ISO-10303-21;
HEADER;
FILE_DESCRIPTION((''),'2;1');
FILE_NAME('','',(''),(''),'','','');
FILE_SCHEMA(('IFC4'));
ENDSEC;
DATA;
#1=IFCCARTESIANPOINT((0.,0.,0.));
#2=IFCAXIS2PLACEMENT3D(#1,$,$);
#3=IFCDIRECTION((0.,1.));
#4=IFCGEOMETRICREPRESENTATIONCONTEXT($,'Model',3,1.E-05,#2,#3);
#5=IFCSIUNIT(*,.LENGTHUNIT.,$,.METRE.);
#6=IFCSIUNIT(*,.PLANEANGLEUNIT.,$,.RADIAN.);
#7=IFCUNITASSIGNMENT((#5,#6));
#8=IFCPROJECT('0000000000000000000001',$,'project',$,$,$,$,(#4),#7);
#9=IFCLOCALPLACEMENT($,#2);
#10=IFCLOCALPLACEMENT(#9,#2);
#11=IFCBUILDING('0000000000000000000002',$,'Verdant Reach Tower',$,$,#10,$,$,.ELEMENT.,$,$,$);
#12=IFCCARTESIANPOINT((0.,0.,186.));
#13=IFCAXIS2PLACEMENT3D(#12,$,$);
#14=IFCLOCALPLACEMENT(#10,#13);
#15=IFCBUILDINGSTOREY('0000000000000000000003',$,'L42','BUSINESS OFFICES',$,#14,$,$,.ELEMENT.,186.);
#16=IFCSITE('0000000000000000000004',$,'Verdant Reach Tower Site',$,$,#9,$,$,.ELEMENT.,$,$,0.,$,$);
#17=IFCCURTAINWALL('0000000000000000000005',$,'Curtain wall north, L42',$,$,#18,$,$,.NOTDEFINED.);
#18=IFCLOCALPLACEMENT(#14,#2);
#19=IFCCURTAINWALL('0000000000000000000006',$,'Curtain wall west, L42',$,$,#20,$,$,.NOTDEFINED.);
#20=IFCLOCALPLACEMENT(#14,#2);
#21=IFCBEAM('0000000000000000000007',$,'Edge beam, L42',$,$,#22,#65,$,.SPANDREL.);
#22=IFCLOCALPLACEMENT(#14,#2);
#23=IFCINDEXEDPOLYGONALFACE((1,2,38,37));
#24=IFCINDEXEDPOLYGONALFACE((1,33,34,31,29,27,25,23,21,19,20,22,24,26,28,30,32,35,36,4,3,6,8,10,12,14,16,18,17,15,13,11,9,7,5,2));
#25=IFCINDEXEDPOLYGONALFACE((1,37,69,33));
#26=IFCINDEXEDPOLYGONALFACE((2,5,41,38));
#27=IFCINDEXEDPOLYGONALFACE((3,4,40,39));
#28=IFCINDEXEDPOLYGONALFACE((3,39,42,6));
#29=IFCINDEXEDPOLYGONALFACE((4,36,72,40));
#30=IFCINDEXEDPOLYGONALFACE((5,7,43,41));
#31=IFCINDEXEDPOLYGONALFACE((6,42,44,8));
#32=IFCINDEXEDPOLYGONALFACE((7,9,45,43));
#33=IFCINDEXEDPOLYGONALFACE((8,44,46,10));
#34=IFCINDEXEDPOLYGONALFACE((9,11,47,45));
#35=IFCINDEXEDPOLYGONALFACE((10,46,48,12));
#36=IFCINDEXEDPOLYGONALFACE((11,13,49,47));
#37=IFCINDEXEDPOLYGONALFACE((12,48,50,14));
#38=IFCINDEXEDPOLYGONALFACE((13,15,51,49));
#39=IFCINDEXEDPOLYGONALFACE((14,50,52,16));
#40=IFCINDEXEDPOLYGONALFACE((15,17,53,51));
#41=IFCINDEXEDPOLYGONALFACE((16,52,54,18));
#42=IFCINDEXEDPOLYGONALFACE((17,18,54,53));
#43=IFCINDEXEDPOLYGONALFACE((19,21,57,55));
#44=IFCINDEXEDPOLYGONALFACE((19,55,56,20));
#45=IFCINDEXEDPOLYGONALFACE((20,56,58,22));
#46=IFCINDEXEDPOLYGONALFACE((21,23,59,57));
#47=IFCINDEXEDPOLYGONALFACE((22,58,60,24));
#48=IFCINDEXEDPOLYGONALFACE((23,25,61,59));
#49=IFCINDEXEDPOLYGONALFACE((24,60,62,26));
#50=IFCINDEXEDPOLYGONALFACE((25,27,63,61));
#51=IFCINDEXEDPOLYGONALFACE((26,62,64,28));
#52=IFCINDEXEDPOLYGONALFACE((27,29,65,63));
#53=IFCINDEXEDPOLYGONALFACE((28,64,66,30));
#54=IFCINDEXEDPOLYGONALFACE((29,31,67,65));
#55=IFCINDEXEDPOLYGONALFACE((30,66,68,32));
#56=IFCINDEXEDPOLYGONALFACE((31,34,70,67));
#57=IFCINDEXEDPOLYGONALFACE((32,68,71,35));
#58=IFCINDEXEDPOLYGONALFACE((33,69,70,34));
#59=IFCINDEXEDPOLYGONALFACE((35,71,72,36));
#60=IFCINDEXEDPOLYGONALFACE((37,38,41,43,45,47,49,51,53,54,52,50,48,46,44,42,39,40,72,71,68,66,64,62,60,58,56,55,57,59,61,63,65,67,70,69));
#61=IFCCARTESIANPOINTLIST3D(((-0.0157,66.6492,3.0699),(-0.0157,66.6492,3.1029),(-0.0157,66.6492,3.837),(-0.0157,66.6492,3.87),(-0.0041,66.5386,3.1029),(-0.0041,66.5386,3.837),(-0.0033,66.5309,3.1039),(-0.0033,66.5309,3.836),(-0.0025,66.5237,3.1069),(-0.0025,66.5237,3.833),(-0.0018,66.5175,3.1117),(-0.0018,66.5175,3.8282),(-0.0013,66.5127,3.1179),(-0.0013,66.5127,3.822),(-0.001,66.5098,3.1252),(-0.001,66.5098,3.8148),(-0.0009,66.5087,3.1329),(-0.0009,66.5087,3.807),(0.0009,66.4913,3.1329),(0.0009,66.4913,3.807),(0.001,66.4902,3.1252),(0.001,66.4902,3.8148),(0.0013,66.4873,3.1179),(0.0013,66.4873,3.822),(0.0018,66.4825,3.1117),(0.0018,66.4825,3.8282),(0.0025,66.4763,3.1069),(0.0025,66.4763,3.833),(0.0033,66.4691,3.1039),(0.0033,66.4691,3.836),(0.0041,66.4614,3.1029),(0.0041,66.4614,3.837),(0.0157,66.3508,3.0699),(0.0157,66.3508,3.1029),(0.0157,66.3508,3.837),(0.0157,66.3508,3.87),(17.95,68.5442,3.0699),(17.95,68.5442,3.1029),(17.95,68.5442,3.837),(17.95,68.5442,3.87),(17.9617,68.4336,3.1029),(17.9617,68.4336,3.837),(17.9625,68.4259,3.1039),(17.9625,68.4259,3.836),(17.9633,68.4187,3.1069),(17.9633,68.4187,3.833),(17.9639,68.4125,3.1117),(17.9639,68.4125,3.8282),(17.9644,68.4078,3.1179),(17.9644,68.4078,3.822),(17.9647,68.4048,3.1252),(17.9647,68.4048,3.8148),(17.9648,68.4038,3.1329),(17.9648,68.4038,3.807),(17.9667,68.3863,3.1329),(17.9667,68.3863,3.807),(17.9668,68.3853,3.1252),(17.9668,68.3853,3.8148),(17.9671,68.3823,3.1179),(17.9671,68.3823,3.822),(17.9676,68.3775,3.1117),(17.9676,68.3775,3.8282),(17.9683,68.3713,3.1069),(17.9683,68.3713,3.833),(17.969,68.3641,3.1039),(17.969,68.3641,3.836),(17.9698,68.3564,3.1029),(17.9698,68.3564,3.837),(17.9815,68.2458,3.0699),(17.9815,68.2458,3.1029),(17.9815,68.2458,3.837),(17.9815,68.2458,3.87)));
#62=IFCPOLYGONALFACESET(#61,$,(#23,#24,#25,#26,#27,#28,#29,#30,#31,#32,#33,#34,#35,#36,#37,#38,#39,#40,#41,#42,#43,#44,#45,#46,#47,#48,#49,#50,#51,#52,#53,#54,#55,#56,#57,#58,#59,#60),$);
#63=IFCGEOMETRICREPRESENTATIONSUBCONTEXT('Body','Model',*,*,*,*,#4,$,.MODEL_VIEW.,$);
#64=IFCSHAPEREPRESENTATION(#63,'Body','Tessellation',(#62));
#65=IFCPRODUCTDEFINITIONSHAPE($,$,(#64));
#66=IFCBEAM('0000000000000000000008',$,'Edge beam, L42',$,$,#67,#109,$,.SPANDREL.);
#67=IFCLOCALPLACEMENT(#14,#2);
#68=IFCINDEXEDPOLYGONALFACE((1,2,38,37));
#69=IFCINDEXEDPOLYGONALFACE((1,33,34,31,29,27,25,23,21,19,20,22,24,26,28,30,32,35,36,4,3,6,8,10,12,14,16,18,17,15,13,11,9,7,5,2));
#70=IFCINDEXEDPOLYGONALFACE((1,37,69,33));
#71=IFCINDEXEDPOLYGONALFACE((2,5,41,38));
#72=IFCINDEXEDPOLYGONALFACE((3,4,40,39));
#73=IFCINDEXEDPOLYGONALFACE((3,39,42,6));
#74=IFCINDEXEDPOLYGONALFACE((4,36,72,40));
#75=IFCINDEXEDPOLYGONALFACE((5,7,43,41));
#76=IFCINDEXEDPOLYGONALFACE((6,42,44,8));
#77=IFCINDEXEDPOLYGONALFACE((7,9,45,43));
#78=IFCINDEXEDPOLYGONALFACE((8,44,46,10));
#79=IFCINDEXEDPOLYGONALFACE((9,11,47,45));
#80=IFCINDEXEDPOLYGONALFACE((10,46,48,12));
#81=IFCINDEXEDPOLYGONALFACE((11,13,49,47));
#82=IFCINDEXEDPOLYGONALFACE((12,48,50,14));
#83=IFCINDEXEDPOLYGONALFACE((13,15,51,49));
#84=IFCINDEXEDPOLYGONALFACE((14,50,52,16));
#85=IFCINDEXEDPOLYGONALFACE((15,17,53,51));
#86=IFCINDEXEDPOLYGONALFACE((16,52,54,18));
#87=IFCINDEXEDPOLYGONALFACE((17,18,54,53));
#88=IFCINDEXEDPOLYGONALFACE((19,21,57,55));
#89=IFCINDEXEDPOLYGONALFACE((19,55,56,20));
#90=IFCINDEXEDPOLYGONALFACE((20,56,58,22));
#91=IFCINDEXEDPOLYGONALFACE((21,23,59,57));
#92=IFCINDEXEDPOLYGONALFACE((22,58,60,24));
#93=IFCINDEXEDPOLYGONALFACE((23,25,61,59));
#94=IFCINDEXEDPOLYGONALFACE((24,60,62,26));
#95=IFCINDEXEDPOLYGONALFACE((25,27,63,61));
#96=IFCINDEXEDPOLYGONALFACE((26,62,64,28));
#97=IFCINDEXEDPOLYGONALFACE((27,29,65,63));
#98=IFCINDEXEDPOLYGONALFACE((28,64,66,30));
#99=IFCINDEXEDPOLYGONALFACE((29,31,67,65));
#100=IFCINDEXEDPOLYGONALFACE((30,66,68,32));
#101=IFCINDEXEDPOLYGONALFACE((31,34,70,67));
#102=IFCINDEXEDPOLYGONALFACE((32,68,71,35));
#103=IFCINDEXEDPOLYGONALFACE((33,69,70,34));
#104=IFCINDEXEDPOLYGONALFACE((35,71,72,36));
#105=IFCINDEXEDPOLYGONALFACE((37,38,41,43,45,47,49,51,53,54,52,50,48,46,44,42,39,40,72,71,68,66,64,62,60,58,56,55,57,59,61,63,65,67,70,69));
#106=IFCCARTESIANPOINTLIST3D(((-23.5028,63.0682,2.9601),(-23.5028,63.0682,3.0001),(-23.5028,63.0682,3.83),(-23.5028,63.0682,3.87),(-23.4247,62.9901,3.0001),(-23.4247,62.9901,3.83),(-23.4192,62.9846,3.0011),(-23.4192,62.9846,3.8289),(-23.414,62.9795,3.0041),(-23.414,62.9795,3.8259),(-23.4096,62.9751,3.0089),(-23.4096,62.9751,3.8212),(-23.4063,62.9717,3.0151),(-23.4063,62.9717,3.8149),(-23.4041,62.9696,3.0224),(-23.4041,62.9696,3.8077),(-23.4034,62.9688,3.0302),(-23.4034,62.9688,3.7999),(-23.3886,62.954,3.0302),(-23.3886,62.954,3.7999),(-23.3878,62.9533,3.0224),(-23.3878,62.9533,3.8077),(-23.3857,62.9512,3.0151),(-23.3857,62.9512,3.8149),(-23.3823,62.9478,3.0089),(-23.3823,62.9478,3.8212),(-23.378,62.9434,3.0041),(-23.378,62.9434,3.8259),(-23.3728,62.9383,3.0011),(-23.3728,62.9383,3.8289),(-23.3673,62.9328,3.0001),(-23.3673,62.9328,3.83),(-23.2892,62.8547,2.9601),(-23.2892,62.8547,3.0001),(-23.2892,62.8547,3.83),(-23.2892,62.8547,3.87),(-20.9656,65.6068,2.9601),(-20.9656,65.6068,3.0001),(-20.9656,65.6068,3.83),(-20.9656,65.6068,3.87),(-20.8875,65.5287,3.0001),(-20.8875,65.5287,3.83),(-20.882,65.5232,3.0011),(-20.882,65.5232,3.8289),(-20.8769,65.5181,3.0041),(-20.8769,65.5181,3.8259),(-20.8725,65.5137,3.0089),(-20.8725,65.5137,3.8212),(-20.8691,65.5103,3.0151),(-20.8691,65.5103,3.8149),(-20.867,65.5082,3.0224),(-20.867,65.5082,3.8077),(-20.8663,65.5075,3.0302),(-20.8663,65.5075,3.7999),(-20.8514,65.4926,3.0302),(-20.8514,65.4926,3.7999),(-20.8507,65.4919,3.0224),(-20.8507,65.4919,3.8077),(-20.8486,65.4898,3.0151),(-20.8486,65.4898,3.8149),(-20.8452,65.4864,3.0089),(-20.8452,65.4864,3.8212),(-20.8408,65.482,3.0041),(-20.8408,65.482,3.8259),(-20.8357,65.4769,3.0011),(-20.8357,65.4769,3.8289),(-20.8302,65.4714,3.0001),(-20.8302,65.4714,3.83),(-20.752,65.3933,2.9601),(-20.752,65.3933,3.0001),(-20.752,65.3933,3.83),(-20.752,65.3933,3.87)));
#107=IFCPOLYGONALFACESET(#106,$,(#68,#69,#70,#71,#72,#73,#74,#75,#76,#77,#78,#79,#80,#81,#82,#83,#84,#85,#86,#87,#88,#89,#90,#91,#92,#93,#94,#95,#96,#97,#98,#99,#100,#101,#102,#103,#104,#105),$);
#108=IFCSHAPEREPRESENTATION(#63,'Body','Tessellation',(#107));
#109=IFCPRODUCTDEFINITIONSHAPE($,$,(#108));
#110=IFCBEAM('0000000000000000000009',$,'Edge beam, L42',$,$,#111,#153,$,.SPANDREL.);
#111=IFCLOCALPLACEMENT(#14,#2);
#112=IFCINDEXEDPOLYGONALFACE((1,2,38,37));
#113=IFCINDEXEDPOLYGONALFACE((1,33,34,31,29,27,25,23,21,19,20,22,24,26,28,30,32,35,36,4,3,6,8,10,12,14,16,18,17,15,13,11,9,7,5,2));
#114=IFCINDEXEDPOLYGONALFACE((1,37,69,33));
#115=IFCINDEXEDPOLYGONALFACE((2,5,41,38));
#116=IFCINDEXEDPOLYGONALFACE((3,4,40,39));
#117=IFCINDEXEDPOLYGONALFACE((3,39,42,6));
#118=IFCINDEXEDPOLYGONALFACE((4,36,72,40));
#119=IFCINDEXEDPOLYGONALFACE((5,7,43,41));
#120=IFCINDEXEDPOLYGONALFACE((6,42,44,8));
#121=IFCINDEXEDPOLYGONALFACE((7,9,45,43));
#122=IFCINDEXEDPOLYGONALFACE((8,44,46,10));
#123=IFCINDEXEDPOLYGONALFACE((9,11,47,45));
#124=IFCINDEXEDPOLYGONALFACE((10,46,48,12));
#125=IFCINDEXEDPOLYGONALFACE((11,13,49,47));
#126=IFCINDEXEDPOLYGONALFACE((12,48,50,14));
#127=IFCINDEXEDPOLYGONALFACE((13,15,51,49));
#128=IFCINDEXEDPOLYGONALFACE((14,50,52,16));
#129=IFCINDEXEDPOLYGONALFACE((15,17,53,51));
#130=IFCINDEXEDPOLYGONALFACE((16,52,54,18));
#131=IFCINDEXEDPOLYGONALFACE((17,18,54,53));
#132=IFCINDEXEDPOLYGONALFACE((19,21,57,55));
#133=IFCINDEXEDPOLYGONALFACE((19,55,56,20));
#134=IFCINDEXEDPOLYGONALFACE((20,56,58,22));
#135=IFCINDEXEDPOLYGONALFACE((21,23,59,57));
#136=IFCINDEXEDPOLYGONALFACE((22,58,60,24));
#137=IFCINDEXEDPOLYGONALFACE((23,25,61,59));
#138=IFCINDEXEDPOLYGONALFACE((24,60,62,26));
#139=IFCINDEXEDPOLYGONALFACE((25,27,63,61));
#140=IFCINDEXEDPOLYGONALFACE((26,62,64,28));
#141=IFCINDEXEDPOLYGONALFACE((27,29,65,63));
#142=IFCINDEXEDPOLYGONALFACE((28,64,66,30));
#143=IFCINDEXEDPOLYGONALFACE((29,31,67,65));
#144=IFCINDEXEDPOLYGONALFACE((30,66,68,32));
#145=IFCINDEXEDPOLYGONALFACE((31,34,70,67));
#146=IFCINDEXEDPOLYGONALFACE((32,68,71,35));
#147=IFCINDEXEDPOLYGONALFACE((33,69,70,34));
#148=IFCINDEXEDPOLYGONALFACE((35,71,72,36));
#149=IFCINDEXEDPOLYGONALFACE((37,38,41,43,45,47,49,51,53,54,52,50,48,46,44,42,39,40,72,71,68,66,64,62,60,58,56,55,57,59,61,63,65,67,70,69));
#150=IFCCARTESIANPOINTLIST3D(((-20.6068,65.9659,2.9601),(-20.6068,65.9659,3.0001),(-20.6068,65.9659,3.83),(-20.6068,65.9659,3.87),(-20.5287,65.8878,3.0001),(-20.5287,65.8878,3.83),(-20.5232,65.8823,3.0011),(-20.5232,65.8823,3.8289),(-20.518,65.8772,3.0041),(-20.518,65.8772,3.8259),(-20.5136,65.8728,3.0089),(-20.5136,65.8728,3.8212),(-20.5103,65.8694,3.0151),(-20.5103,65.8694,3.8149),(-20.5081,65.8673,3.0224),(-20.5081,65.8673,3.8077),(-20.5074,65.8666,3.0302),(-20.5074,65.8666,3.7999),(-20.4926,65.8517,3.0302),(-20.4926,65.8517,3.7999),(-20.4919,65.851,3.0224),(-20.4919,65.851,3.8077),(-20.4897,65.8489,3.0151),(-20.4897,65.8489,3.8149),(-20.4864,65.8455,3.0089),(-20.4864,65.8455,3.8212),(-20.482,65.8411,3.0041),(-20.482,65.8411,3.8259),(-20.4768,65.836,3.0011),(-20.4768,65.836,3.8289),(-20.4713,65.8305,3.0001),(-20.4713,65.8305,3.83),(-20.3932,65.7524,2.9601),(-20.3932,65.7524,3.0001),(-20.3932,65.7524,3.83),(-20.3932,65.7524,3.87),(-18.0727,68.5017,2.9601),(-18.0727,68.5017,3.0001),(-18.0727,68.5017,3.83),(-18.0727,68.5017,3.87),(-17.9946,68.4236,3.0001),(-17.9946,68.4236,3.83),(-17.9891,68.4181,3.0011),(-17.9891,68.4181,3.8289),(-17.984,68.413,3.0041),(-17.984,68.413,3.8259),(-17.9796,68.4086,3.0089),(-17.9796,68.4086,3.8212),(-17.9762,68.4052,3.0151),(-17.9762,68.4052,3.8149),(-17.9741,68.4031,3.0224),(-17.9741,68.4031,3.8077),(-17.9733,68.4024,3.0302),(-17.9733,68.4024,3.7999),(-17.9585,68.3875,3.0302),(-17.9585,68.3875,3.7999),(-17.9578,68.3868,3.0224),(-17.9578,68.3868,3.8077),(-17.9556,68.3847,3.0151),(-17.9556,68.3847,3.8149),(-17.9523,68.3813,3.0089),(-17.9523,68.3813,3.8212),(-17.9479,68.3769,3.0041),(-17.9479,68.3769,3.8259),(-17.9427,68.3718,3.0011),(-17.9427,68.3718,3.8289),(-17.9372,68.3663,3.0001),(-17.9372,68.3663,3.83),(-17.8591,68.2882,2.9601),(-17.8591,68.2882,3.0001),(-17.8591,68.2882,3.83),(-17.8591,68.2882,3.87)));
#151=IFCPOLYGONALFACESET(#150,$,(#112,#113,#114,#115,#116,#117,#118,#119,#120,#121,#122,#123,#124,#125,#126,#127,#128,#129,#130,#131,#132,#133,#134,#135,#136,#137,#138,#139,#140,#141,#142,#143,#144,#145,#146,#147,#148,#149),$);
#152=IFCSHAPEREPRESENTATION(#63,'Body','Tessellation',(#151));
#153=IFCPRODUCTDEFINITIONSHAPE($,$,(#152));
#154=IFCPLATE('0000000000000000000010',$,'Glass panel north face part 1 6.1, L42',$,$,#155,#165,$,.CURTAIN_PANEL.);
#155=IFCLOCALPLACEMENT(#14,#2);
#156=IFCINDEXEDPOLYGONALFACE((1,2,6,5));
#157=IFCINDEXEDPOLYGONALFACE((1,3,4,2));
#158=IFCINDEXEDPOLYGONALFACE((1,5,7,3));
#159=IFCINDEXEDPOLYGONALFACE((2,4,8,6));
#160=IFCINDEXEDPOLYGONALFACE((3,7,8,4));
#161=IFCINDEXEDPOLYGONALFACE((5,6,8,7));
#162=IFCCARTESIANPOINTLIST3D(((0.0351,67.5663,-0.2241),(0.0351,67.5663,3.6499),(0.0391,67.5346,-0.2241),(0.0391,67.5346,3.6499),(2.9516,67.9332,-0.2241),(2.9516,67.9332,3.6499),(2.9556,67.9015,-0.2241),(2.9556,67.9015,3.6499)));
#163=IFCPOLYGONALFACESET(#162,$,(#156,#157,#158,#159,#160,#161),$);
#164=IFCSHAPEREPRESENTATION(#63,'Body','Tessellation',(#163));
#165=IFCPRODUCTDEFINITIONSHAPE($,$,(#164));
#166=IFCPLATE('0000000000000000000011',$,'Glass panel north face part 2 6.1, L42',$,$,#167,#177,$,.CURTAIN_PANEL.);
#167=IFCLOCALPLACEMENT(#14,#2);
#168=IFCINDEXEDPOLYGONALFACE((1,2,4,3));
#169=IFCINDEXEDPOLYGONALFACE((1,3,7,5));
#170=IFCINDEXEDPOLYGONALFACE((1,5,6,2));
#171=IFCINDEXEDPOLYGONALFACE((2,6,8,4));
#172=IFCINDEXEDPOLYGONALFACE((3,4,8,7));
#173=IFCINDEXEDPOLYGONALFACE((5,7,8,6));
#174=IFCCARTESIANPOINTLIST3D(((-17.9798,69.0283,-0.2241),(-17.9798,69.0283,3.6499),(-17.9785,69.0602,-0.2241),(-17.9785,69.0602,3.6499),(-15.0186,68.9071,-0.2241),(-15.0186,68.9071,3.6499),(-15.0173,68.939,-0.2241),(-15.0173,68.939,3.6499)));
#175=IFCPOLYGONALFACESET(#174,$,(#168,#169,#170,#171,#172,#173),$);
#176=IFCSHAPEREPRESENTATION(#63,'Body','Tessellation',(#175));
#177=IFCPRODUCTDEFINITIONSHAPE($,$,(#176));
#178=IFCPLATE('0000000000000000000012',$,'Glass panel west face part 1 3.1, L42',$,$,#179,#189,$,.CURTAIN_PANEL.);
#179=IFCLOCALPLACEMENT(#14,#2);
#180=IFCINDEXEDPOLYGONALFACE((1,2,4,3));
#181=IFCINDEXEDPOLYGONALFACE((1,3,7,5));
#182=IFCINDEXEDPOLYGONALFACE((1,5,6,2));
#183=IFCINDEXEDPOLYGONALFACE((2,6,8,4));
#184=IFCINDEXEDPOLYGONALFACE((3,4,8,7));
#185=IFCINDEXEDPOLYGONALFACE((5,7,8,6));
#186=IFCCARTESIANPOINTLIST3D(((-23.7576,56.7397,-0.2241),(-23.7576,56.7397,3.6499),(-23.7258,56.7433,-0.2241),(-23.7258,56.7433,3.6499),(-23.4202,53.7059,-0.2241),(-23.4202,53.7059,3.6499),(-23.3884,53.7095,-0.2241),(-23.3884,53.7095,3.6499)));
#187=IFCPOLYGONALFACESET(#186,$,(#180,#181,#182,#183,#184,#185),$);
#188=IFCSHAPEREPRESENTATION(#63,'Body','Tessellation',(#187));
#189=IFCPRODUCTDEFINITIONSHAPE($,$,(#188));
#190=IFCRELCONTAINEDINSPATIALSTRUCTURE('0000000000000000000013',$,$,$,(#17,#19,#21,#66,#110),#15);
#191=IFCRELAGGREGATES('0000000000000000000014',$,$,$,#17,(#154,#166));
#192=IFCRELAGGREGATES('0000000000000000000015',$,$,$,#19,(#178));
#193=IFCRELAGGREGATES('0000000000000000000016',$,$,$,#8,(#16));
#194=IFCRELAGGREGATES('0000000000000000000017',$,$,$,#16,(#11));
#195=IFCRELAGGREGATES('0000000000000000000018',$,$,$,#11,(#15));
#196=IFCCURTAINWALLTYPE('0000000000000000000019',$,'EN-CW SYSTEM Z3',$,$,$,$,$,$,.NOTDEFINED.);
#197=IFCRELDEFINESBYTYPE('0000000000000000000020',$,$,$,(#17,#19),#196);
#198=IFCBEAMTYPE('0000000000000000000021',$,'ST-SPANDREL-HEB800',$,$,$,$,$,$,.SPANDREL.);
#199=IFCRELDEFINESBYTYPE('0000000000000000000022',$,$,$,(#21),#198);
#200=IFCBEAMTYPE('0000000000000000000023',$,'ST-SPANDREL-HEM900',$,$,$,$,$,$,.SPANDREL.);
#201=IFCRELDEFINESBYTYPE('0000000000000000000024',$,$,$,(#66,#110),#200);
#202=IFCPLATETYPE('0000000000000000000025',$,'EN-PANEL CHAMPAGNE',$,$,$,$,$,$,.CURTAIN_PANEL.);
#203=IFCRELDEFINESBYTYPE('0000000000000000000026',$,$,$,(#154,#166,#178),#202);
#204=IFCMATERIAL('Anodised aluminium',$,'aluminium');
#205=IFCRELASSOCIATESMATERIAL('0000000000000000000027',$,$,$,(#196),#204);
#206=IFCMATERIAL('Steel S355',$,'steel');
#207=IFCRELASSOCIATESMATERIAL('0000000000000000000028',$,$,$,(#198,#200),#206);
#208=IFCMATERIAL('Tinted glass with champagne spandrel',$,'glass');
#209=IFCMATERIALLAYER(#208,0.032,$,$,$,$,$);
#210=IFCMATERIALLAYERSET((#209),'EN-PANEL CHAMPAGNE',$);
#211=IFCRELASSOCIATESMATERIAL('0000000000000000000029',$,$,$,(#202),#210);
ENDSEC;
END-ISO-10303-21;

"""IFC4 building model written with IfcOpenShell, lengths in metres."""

from ifc_helpers import new_model, si_unit, direction, frame, origin, origin_2d, place, context, subcontext, project, spatial, rectangle, i_section, extrude, material, layer, layer_set, material_profile, profile_set, type_object, element, aggregate, save


model = new_model("IFC4")

# Units and contexts
model_context = context("Model", 3, precision=1e-05, world=origin(), true_north=direction((0.0, 1.0)))
body_context = subcontext(model_context, "Body", "Model", "MODEL_VIEW")
ifc_project = project(units=[si_unit("LENGTHUNIT", "METRE"), si_unit("PLANEANGLEUNIT", "RADIAN")], contexts=[model_context])

# Site, building, storey
site_placement = place(None, origin())
site = spatial("IfcSite", under=ifc_project, at=site_placement, Name="Verdant Reach Tower Site", CompositionType="ELEMENT", RefElevation=0.0)
building_placement = place(site_placement, origin())
building = spatial("IfcBuilding", under=site, at=building_placement, Name="Verdant Reach Tower", CompositionType="ELEMENT")
storey_placement = place(building_placement, frame((0.0, 0.0, 186.0)))
storey = spatial("IfcBuildingStorey", under=building, at=storey_placement, Name="L42", Description="BUSINESS OFFICES", CompositionType="ELEMENT", Elevation=186.0)

# Curtain walls
ifc_material_1 = material(Name="Anodised aluminium", Category="aluminium")
curtain_wall_type = type_object("IfcCurtainWallType", Name="EN-CW SYSTEM Z3", PredefinedType="NOTDEFINED", material=ifc_material_1)
curtain_wall_1_placement = place(storey_placement, origin())
curtain_wall_1 = element("IfcCurtainWall", 1, at=curtain_wall_1_placement, inside=storey, type_object=curtain_wall_type, Name="Curtain wall north, L42", PredefinedType="NOTDEFINED")
curtain_wall_2_placement = place(storey_placement, origin())
curtain_wall_2 = element("IfcCurtainWall", 2, at=curtain_wall_2_placement, inside=storey, type_object=curtain_wall_type, Name="Curtain wall west, L42", PredefinedType="NOTDEFINED")

# Beams
ifc_material_2 = material(Name="Steel S355", Category="steel")
ifc_material_profile_1 = material_profile(ifc_material_2, i_section(OverallWidth=0.3, OverallDepth=0.8, WebThickness=0.0176, FlangeThickness=0.033, FilletRadius=0.03, at=origin_2d()), Name="HEB 800")
ifc_profile_set_1 = profile_set([ifc_material_profile_1], Name="Steel S355")
beam_type_1 = type_object("IfcBeamType", Name="ST-SPANDREL-HEB800", PredefinedType="SPANDREL", material=ifc_profile_set_1)
for number, where, z_axis, x_axis, name in (
    (3, (0.0, 66.5, 3.47), (0.994483, 0.104897, 0.0), (-0.104897, 0.994483, 0.0), "Edge beam, L42"),
):
    element("IfcBeam", number, at=place(storey_placement, frame(where, z_axis=z_axis, x_axis=x_axis)), inside=storey, type_object=beam_type_1, Name=name, PredefinedType="SPANDREL", context=body_context, shape_type="SweptSolid", body=[
        extrude(i_section(OverallWidth=0.3, OverallDepth=0.8, WebThickness=0.0176, FlangeThickness=0.033, FilletRadius=0.03, at=origin_2d()), origin(), (0.0, 0.0, 1.0), 18.0654),
    ])
ifc_material_profile_2 = material_profile(ifc_material_2, i_section(OverallWidth=0.302, OverallDepth=0.9099, WebThickness=0.021, FlangeThickness=0.04, FilletRadius=0.03, at=origin_2d()), Name="HEM 900")
ifc_profile_set_2 = profile_set([ifc_material_profile_2], Name="Steel S355")
beam_type_2 = type_object("IfcBeamType", Name="ST-SPANDREL-HEM900", PredefinedType="SPANDREL", material=ifc_profile_set_2)
beam_1_placement = place(storey_placement, frame((-23.396, 62.9614, 3.415), z_axis=(0.706903, 0.707311, 0.0), x_axis=(-0.707311, 0.706903, 0.0)))
element("IfcBeam", 4, at=beam_1_placement, inside=storey, type_object=beam_type_2, Name="Edge beam, L42", PredefinedType="SPANDREL", context=body_context, shape_type="SweptSolid", body=[
    extrude(i_section(OverallWidth=0.302, OverallDepth=0.9099, WebThickness=0.021, FlangeThickness=0.04, FilletRadius=0.03, at=origin_2d()), origin(), (0.0, 0.0, 1.0), 3.5891),
])
beam_2_placement = place(storey_placement, frame((-20.5, 65.8591, 3.415), z_axis=(0.706868, 0.707345, 0.0), x_axis=(-0.707345, 0.706868, 0.0)))
element("IfcBeam", 5, at=beam_2_placement, inside=storey, type_object=beam_type_2, Name="Edge beam, L42", PredefinedType="SPANDREL", context=body_context, shape_type="SweptSolid", body=[
    extrude(i_section(OverallWidth=0.302, OverallDepth=0.9099, WebThickness=0.021, FlangeThickness=0.04, FilletRadius=0.03, at=origin_2d()), origin(), (0.0, 0.0, 1.0), 3.585),
])

# Plates
ifc_material_3 = material(Name="Tinted glass with champagne spandrel", Category="glass")
ifc_layer_1 = layer(ifc_material_3, 0.032)
ifc_layer_set_1 = layer_set([ifc_layer_1], Name="EN-PANEL CHAMPAGNE")
plate_type_1 = type_object("IfcPlateType", Name="EN-PANEL CHAMPAGNE", PredefinedType="CURTAIN_PANEL", material=ifc_layer_set_1)
plate_1_placement = place(storey_placement, frame((1.4954, 67.7339, -0.2241), z_axis=(0.0, 0.0, 1.0), x_axis=(-0.992178, -0.124828, 0.0)))
plate_1 = element("IfcPlate", 6, at=plate_1_placement, type_object=plate_type_1, Name="Glass panel north face part 1 6.1, L42", PredefinedType="CURTAIN_PANEL", context=body_context, shape_type="SweptSolid", body=[
    extrude(rectangle(XDim=2.9395, YDim=0.032, at=origin_2d()), origin(), (0.0, 0.0, 1.0), 3.874),
])
plate_2_placement = place(storey_placement, frame((-16.4985, 68.9836, -0.2241), z_axis=(0.0, 0.0, 1.0), x_axis=(-0.999164, 0.040891, 0.0)))
plate_2 = element("IfcPlate", 7, at=plate_2_placement, type_object=plate_type_1, Name="Glass panel north face part 2 6.1, L42", PredefinedType="CURTAIN_PANEL", context=body_context, shape_type="SweptSolid", body=[
    extrude(rectangle(XDim=2.9636, YDim=0.032, at=origin_2d()), origin(), (0.0, 0.0, 1.0), 3.874),
])
plate_3_placement = place(storey_placement, frame((-23.573, 55.2246, -0.2241), z_axis=(0.0, 0.0, 1.0), x_axis=(0.110518, -0.993874, 0.0)))
plate_3 = element("IfcPlate", 8, at=plate_3_placement, type_object=plate_type_1, Name="Glass panel west face part 1 3.1, L42", PredefinedType="CURTAIN_PANEL", context=body_context, shape_type="SweptSolid", body=[
    extrude(rectangle(XDim=3.0525, YDim=0.032, at=origin_2d()), origin(), (0.0, 0.0, 1.0), 3.874),
])

aggregate(curtain_wall_1, [plate_1, plate_2])
aggregate(curtain_wall_2, [plate_3])

save(model, "model.ifc")
